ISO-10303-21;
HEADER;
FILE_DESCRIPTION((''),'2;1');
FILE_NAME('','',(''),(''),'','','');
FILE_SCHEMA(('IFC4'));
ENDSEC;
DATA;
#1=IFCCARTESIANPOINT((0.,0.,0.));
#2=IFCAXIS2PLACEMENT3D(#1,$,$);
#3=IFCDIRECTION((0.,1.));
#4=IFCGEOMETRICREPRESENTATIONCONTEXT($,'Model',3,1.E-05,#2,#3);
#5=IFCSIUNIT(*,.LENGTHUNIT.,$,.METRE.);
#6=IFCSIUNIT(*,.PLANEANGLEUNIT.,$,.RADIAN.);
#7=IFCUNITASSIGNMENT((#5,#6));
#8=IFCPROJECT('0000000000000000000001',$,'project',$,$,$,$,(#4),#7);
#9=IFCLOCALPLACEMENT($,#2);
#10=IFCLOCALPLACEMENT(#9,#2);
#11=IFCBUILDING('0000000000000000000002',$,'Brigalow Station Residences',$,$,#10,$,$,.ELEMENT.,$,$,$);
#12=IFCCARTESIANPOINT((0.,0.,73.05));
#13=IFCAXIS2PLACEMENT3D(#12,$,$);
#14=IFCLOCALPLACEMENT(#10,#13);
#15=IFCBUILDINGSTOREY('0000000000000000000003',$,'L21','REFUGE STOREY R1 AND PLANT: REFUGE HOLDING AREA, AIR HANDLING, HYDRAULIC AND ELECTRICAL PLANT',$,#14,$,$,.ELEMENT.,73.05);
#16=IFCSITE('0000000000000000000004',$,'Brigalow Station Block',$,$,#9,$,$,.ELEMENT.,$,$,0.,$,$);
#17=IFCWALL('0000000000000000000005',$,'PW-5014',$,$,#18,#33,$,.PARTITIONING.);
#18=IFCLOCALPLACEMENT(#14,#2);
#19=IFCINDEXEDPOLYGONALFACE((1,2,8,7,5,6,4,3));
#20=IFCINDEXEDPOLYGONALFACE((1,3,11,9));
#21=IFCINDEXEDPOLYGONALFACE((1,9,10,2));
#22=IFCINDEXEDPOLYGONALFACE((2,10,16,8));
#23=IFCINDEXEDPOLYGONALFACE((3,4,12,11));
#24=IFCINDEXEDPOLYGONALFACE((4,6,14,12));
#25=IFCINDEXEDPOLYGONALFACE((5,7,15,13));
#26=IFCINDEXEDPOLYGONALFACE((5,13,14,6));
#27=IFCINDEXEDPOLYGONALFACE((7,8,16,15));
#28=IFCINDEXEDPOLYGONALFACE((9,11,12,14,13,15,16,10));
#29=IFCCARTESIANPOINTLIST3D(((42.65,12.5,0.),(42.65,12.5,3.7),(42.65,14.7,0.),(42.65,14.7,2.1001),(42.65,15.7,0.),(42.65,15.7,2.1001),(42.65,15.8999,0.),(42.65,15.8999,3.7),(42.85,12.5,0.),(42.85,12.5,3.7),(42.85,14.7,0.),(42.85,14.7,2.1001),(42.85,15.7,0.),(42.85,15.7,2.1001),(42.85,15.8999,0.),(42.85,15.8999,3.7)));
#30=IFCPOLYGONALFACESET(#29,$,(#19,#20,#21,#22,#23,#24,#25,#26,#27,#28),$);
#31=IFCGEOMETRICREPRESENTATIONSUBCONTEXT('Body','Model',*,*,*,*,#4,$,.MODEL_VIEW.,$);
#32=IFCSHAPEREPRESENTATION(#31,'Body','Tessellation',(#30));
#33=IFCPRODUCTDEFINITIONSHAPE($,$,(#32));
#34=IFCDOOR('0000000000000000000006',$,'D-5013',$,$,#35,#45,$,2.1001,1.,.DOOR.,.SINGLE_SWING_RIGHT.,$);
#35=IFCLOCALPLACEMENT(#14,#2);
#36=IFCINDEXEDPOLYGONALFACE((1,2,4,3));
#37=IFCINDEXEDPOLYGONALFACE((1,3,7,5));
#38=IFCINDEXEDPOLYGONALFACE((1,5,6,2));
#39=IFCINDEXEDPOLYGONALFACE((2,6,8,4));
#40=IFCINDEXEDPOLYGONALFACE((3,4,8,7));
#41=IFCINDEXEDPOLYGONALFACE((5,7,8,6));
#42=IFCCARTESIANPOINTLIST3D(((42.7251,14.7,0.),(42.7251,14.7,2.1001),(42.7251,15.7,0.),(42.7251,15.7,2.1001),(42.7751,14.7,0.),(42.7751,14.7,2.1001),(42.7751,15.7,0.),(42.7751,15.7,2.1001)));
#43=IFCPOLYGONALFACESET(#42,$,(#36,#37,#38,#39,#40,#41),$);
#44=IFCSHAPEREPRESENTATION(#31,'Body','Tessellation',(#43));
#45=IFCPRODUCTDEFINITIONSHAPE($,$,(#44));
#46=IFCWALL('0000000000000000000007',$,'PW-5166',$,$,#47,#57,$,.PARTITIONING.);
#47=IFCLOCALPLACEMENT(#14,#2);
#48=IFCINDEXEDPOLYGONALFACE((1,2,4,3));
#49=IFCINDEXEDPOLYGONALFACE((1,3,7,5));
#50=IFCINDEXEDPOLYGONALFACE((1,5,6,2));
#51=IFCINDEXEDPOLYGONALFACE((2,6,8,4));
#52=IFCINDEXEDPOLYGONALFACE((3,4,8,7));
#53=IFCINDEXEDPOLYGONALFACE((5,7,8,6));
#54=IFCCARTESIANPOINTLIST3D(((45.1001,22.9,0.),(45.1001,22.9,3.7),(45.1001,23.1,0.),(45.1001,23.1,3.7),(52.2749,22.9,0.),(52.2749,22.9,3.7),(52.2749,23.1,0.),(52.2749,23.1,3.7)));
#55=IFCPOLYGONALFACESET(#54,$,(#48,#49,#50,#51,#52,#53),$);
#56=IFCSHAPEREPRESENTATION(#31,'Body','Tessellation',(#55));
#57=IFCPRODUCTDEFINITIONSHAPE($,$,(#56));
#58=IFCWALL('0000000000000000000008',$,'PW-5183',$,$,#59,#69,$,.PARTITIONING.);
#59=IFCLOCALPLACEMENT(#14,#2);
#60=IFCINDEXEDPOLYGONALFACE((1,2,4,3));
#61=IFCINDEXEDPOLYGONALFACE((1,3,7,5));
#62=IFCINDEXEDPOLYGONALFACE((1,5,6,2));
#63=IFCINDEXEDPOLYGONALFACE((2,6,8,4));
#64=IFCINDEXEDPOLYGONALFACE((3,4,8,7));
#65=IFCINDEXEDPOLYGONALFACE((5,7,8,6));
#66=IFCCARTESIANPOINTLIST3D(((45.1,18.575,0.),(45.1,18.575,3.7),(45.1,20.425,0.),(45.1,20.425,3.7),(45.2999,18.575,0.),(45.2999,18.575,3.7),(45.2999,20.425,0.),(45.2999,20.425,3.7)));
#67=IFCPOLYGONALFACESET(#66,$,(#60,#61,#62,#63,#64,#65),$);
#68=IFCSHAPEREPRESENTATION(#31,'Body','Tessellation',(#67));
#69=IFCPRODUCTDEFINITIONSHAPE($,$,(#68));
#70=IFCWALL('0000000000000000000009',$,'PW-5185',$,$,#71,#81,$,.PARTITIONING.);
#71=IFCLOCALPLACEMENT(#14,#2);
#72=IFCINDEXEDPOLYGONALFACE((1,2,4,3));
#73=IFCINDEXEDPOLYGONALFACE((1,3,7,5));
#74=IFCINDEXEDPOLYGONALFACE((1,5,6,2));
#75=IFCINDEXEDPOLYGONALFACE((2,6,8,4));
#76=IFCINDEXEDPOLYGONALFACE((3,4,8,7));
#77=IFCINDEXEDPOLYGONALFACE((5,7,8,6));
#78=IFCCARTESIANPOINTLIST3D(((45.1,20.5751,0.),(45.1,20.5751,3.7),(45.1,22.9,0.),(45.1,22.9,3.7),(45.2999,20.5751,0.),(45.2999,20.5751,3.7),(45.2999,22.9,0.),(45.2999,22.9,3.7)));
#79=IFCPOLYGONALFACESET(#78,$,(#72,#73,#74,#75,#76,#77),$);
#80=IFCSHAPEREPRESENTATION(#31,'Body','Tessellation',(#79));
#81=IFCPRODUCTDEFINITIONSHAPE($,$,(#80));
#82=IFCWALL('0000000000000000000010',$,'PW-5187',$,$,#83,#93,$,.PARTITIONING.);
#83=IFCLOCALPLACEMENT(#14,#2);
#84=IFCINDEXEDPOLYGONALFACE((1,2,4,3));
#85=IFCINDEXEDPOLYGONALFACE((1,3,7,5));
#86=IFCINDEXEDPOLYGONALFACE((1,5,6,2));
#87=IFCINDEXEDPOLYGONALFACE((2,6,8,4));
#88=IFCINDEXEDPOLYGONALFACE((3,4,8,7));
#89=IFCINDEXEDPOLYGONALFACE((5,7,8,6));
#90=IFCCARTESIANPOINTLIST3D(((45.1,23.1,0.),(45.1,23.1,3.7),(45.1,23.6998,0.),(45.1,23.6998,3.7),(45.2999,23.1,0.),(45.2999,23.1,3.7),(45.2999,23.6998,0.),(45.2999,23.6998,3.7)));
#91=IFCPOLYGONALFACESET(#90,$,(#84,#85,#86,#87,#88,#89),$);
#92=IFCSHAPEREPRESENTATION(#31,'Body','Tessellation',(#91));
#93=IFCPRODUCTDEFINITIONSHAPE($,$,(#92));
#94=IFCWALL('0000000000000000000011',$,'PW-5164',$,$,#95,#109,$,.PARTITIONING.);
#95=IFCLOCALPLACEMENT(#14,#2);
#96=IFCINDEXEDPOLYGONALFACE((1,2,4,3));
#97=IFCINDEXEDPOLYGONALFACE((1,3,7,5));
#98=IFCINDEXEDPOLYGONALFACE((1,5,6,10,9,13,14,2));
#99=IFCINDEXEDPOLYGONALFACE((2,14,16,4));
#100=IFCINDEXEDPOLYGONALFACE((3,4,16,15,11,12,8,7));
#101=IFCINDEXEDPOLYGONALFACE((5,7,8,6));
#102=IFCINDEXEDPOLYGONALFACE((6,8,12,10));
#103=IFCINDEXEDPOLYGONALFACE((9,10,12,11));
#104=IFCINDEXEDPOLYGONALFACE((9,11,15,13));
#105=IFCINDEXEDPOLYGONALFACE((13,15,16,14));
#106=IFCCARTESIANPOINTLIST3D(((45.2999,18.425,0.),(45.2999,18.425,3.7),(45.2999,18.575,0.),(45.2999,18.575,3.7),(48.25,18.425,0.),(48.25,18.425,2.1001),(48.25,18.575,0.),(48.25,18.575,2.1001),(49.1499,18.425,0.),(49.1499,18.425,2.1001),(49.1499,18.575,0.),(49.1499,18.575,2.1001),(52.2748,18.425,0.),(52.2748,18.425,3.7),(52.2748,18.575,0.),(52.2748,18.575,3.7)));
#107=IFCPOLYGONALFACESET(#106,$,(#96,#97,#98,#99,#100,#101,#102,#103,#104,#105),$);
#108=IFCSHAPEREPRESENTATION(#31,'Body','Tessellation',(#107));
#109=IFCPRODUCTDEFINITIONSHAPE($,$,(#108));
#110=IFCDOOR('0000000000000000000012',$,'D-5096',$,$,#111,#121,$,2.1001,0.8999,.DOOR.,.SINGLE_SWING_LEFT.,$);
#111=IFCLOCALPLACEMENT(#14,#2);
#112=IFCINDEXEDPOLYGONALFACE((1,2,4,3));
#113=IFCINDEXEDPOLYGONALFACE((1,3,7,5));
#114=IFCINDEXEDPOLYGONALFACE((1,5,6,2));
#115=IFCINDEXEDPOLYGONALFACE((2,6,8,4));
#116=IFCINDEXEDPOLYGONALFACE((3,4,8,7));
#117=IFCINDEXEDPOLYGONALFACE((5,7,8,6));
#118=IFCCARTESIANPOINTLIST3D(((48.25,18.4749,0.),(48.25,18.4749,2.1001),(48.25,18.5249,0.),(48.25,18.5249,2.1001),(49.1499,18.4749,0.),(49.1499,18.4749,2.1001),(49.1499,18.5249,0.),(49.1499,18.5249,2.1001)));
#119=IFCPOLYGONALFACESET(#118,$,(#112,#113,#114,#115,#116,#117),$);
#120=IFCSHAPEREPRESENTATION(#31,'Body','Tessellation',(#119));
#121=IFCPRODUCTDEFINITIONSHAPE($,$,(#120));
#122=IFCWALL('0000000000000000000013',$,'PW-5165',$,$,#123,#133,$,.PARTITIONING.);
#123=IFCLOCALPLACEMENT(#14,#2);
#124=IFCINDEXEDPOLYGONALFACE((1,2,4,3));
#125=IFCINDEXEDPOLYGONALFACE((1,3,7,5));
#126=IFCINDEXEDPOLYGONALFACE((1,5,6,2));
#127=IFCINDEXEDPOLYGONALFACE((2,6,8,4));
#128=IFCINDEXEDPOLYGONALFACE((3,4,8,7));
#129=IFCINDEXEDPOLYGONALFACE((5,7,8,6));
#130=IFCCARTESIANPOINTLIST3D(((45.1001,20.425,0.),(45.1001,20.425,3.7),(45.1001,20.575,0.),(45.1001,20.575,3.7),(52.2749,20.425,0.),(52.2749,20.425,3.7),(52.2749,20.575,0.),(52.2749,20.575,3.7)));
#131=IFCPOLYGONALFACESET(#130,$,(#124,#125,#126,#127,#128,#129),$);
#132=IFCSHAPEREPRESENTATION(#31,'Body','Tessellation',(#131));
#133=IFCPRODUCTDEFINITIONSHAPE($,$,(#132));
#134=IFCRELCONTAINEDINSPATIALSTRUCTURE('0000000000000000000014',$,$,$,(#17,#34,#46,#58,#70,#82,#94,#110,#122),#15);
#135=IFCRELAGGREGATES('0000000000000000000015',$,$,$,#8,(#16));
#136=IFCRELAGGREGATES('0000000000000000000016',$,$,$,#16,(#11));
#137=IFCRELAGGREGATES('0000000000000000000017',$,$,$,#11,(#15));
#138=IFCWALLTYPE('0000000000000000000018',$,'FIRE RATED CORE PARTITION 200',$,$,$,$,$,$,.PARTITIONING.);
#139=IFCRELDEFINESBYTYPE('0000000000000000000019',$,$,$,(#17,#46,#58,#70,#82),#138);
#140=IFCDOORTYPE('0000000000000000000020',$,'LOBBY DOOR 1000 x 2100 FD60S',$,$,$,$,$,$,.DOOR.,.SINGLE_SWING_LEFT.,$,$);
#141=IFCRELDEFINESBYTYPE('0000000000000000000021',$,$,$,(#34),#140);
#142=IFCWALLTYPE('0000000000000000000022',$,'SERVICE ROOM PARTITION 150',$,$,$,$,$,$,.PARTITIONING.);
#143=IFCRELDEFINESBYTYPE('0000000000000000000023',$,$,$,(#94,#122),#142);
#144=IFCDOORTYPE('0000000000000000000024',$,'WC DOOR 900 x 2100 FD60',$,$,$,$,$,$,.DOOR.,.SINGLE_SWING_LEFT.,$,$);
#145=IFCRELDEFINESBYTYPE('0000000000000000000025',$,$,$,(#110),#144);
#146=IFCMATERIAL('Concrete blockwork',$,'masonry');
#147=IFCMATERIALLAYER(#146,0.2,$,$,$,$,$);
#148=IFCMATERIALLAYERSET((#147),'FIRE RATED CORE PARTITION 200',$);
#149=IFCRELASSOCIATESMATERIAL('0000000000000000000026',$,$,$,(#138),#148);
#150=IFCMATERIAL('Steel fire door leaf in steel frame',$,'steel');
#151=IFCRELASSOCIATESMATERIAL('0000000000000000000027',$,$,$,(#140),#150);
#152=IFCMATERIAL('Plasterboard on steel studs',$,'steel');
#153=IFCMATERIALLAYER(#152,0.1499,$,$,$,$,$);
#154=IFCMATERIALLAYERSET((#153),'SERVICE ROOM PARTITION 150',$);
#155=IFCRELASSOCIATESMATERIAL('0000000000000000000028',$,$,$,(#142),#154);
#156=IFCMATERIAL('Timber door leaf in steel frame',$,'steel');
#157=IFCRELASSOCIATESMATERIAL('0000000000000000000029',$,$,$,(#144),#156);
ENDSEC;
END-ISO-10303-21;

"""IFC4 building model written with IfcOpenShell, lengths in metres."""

from ifc_helpers import new_model, si_unit, direction, frame, frame_2d, origin, place, context, subcontext, project, spatial, rectangle, extrude, material, layer, layer_set, type_object, element, fill, save


model = new_model("IFC4")

# Units and contexts
model_context = context("Model", 3, precision=1e-05, world=origin(), true_north=direction((0.0, 1.0)))
body_context = subcontext(model_context, "Body", "Model", "MODEL_VIEW")
ifc_project = project(units=[si_unit("LENGTHUNIT", "METRE"), si_unit("PLANEANGLEUNIT", "RADIAN")], contexts=[model_context])

# Site, building, storey
site_placement = place(None, origin())
site = spatial("IfcSite", under=ifc_project, at=site_placement, Name="Brigalow Station Block", CompositionType="ELEMENT", RefElevation=0.0)
building_placement = place(site_placement, origin())
building = spatial("IfcBuilding", under=site, at=building_placement, Name="Brigalow Station Residences", CompositionType="ELEMENT")
storey_placement = place(building_placement, frame((0.0, 0.0, 73.05)))
storey = spatial("IfcBuildingStorey", under=building, at=storey_placement, Name="L21", Description="REFUGE STOREY R1 AND PLANT: REFUGE HOLDING AREA, AIR HANDLING, HYDRAULIC AND ELECTRICAL PLANT", CompositionType="ELEMENT", Elevation=73.05)

# Wall, opening, door
ifc_material_1 = material(Name="Concrete blockwork", Category="masonry")
ifc_layer_1 = layer(ifc_material_1, 0.2)
ifc_layer_set_1 = layer_set([ifc_layer_1], Name="FIRE RATED CORE PARTITION 200")
wall_type_1 = type_object("IfcWallType", Name="FIRE RATED CORE PARTITION 200", PredefinedType="PARTITIONING", material=ifc_layer_set_1)
wall_1_placement = place(storey_placement, frame((42.75, 12.5, 0.0), z_axis=(0.0, 0.0, 1.0), x_axis=(0.0, 1.0, 0.0)))
wall_1 = element("IfcWall", 1, at=wall_1_placement, inside=storey, type_object=wall_type_1, Name="PW-5014", PredefinedType="PARTITIONING", context=body_context, shape_type="SweptSolid", body=[
    extrude(rectangle(XDim=3.3999, YDim=0.2, at=frame_2d((1.7, 0.0))), origin(), (0.0, 0.0, 1.0), 3.7),
])
opening_1_placement = place(wall_1_placement, frame((2.2, 0.0, 0.0)))
opening_1 = element("IfcOpeningElement", 2, at=opening_1_placement, cuts=wall_1, PredefinedType="OPENING", context=body_context, shape_type="SweptSolid", body=[
    extrude(rectangle(XDim=1.0, YDim=2.1001, at=frame_2d((0.5, 1.05))), frame((0.0, 0.1099, 0.0), z_axis=(0.0, -1.0, 0.0), x_axis=(1.0, 0.0, 0.0)), (0.0, 0.0, 1.0), 0.22),
])
ifc_material_2 = material(Name="Steel fire door leaf in steel frame", Category="steel")
door_type_1 = type_object("IfcDoorType", Name="LOBBY DOOR 1000 x 2100 FD60S", OperationType="SINGLE_SWING_LEFT", PredefinedType="DOOR", material=ifc_material_2)
door_1_placement = place(opening_1_placement, origin())
door_1 = element("IfcDoor", 3, at=door_1_placement, inside=storey, type_object=door_type_1, Name="D-5013", OperationType="SINGLE_SWING_RIGHT", OverallHeight=2.1001, OverallWidth=1.0, PredefinedType="DOOR", context=body_context, shape_type="SweptSolid", body=[
    extrude(rectangle(XDim=1.0, YDim=2.1001, at=frame_2d((0.5, 1.05))), frame((0.0, 0.0249, 0.0), z_axis=(0.0, -1.0, 0.0), x_axis=(1.0, 0.0, 0.0)), (0.0, 0.0, 1.0), 0.05),
])
fill(opening_1, door_1)

# Walls
wall_2_placement = place(storey_placement, frame((45.1001, 23.0, 0.0), z_axis=(0.0, 0.0, 1.0), x_axis=(1.0, 0.0, 0.0)))
element("IfcWall", 4, at=wall_2_placement, inside=storey, type_object=wall_type_1, Name="PW-5166", PredefinedType="PARTITIONING", context=body_context, shape_type="SweptSolid", body=[
    extrude(rectangle(XDim=7.1748, YDim=0.2, at=frame_2d((3.5874, 0.0))), origin(), (0.0, 0.0, 1.0), 3.7),
])
wall_3_placement = place(storey_placement, frame((45.2, 18.575, 0.0), z_axis=(0.0, 0.0, 1.0), x_axis=(0.0, 1.0, 0.0)))
element("IfcWall", 5, at=wall_3_placement, inside=storey, type_object=wall_type_1, Name="PW-5183", PredefinedType="PARTITIONING", context=body_context, shape_type="SweptSolid", body=[
    extrude(rectangle(XDim=1.8501, YDim=0.2, at=frame_2d((0.925, 0.0))), origin(), (0.0, 0.0, 1.0), 3.7),
])
wall_4_placement = place(storey_placement, frame((45.2, 20.575, 0.0), z_axis=(0.0, 0.0, 1.0), x_axis=(0.0, 1.0, 0.0)))
element("IfcWall", 6, at=wall_4_placement, inside=storey, type_object=wall_type_1, Name="PW-5185", PredefinedType="PARTITIONING", context=body_context, shape_type="SweptSolid", body=[
    extrude(rectangle(XDim=2.325, YDim=0.2, at=frame_2d((1.1626, 0.0))), origin(), (0.0, 0.0, 1.0), 3.7),
])
wall_5_placement = place(storey_placement, frame((45.2, 23.1001, 0.0), z_axis=(0.0, 0.0, 1.0), x_axis=(0.0, 1.0, 0.0)))
element("IfcWall", 7, at=wall_5_placement, inside=storey, type_object=wall_type_1, Name="PW-5187", PredefinedType="PARTITIONING", context=body_context, shape_type="SweptSolid", body=[
    extrude(rectangle(XDim=0.5999, YDim=0.2, at=frame_2d((0.2998, 0.0))), origin(), (0.0, 0.0, 1.0), 3.7),
])

# Wall, opening, door
ifc_material_3 = material(Name="Plasterboard on steel studs", Category="steel")
ifc_layer_2 = layer(ifc_material_3, 0.1499)
ifc_layer_set_2 = layer_set([ifc_layer_2], Name="SERVICE ROOM PARTITION 150")
wall_type_2 = type_object("IfcWallType", Name="SERVICE ROOM PARTITION 150", PredefinedType="PARTITIONING", material=ifc_layer_set_2)
wall_6_placement = place(storey_placement, frame((45.3, 18.5, 0.0), z_axis=(0.0, 0.0, 1.0), x_axis=(1.0, 0.0, 0.0)))
wall_6 = element("IfcWall", 8, at=wall_6_placement, inside=storey, type_object=wall_type_2, Name="PW-5164", PredefinedType="PARTITIONING", context=body_context, shape_type="SweptSolid", body=[
    extrude(rectangle(XDim=6.9749, YDim=0.1499, at=frame_2d((3.4873, 0.0))), origin(), (0.0, 0.0, 1.0), 3.7),
])
opening_2_placement = place(wall_6_placement, frame((2.95, 0.0, 0.0)))
opening_2 = element("IfcOpeningElement", 9, at=opening_2_placement, cuts=wall_6, PredefinedType="OPENING", context=body_context, shape_type="SweptSolid", body=[
    extrude(rectangle(XDim=0.8999, YDim=2.1001, at=frame_2d((0.45, 1.05))), frame((0.0, 0.085, 0.0), z_axis=(0.0, -1.0, 0.0), x_axis=(1.0, 0.0, 0.0)), (0.0, 0.0, 1.0), 0.1699),
])
ifc_material_4 = material(Name="Timber door leaf in steel frame", Category="steel")
door_type_2 = type_object("IfcDoorType", Name="WC DOOR 900 x 2100 FD60", OperationType="SINGLE_SWING_LEFT", PredefinedType="DOOR", material=ifc_material_4)
door_2_placement = place(opening_2_placement, origin())
door_2 = element("IfcDoor", 10, at=door_2_placement, inside=storey, type_object=door_type_2, Name="D-5096", OperationType="SINGLE_SWING_LEFT", OverallHeight=2.1001, OverallWidth=0.8999, PredefinedType="DOOR", context=body_context, shape_type="SweptSolid", body=[
    extrude(rectangle(XDim=0.8999, YDim=2.1001, at=frame_2d((0.45, 1.05))), frame((0.0, 0.0249, 0.0), z_axis=(0.0, -1.0, 0.0), x_axis=(1.0, 0.0, 0.0)), (0.0, 0.0, 1.0), 0.05),
])
fill(opening_2, door_2)

# Wall
wall_7_placement = place(storey_placement, frame((45.1001, 20.5, 0.0), z_axis=(0.0, 0.0, 1.0), x_axis=(1.0, 0.0, 0.0)))
element("IfcWall", 11, at=wall_7_placement, inside=storey, type_object=wall_type_2, Name="PW-5165", PredefinedType="PARTITIONING", context=body_context, shape_type="SweptSolid", body=[
    extrude(rectangle(XDim=7.1748, YDim=0.1499, at=frame_2d((3.5874, 0.0))), origin(), (0.0, 0.0, 1.0), 3.7),
])

save(model, "model.ifc")
